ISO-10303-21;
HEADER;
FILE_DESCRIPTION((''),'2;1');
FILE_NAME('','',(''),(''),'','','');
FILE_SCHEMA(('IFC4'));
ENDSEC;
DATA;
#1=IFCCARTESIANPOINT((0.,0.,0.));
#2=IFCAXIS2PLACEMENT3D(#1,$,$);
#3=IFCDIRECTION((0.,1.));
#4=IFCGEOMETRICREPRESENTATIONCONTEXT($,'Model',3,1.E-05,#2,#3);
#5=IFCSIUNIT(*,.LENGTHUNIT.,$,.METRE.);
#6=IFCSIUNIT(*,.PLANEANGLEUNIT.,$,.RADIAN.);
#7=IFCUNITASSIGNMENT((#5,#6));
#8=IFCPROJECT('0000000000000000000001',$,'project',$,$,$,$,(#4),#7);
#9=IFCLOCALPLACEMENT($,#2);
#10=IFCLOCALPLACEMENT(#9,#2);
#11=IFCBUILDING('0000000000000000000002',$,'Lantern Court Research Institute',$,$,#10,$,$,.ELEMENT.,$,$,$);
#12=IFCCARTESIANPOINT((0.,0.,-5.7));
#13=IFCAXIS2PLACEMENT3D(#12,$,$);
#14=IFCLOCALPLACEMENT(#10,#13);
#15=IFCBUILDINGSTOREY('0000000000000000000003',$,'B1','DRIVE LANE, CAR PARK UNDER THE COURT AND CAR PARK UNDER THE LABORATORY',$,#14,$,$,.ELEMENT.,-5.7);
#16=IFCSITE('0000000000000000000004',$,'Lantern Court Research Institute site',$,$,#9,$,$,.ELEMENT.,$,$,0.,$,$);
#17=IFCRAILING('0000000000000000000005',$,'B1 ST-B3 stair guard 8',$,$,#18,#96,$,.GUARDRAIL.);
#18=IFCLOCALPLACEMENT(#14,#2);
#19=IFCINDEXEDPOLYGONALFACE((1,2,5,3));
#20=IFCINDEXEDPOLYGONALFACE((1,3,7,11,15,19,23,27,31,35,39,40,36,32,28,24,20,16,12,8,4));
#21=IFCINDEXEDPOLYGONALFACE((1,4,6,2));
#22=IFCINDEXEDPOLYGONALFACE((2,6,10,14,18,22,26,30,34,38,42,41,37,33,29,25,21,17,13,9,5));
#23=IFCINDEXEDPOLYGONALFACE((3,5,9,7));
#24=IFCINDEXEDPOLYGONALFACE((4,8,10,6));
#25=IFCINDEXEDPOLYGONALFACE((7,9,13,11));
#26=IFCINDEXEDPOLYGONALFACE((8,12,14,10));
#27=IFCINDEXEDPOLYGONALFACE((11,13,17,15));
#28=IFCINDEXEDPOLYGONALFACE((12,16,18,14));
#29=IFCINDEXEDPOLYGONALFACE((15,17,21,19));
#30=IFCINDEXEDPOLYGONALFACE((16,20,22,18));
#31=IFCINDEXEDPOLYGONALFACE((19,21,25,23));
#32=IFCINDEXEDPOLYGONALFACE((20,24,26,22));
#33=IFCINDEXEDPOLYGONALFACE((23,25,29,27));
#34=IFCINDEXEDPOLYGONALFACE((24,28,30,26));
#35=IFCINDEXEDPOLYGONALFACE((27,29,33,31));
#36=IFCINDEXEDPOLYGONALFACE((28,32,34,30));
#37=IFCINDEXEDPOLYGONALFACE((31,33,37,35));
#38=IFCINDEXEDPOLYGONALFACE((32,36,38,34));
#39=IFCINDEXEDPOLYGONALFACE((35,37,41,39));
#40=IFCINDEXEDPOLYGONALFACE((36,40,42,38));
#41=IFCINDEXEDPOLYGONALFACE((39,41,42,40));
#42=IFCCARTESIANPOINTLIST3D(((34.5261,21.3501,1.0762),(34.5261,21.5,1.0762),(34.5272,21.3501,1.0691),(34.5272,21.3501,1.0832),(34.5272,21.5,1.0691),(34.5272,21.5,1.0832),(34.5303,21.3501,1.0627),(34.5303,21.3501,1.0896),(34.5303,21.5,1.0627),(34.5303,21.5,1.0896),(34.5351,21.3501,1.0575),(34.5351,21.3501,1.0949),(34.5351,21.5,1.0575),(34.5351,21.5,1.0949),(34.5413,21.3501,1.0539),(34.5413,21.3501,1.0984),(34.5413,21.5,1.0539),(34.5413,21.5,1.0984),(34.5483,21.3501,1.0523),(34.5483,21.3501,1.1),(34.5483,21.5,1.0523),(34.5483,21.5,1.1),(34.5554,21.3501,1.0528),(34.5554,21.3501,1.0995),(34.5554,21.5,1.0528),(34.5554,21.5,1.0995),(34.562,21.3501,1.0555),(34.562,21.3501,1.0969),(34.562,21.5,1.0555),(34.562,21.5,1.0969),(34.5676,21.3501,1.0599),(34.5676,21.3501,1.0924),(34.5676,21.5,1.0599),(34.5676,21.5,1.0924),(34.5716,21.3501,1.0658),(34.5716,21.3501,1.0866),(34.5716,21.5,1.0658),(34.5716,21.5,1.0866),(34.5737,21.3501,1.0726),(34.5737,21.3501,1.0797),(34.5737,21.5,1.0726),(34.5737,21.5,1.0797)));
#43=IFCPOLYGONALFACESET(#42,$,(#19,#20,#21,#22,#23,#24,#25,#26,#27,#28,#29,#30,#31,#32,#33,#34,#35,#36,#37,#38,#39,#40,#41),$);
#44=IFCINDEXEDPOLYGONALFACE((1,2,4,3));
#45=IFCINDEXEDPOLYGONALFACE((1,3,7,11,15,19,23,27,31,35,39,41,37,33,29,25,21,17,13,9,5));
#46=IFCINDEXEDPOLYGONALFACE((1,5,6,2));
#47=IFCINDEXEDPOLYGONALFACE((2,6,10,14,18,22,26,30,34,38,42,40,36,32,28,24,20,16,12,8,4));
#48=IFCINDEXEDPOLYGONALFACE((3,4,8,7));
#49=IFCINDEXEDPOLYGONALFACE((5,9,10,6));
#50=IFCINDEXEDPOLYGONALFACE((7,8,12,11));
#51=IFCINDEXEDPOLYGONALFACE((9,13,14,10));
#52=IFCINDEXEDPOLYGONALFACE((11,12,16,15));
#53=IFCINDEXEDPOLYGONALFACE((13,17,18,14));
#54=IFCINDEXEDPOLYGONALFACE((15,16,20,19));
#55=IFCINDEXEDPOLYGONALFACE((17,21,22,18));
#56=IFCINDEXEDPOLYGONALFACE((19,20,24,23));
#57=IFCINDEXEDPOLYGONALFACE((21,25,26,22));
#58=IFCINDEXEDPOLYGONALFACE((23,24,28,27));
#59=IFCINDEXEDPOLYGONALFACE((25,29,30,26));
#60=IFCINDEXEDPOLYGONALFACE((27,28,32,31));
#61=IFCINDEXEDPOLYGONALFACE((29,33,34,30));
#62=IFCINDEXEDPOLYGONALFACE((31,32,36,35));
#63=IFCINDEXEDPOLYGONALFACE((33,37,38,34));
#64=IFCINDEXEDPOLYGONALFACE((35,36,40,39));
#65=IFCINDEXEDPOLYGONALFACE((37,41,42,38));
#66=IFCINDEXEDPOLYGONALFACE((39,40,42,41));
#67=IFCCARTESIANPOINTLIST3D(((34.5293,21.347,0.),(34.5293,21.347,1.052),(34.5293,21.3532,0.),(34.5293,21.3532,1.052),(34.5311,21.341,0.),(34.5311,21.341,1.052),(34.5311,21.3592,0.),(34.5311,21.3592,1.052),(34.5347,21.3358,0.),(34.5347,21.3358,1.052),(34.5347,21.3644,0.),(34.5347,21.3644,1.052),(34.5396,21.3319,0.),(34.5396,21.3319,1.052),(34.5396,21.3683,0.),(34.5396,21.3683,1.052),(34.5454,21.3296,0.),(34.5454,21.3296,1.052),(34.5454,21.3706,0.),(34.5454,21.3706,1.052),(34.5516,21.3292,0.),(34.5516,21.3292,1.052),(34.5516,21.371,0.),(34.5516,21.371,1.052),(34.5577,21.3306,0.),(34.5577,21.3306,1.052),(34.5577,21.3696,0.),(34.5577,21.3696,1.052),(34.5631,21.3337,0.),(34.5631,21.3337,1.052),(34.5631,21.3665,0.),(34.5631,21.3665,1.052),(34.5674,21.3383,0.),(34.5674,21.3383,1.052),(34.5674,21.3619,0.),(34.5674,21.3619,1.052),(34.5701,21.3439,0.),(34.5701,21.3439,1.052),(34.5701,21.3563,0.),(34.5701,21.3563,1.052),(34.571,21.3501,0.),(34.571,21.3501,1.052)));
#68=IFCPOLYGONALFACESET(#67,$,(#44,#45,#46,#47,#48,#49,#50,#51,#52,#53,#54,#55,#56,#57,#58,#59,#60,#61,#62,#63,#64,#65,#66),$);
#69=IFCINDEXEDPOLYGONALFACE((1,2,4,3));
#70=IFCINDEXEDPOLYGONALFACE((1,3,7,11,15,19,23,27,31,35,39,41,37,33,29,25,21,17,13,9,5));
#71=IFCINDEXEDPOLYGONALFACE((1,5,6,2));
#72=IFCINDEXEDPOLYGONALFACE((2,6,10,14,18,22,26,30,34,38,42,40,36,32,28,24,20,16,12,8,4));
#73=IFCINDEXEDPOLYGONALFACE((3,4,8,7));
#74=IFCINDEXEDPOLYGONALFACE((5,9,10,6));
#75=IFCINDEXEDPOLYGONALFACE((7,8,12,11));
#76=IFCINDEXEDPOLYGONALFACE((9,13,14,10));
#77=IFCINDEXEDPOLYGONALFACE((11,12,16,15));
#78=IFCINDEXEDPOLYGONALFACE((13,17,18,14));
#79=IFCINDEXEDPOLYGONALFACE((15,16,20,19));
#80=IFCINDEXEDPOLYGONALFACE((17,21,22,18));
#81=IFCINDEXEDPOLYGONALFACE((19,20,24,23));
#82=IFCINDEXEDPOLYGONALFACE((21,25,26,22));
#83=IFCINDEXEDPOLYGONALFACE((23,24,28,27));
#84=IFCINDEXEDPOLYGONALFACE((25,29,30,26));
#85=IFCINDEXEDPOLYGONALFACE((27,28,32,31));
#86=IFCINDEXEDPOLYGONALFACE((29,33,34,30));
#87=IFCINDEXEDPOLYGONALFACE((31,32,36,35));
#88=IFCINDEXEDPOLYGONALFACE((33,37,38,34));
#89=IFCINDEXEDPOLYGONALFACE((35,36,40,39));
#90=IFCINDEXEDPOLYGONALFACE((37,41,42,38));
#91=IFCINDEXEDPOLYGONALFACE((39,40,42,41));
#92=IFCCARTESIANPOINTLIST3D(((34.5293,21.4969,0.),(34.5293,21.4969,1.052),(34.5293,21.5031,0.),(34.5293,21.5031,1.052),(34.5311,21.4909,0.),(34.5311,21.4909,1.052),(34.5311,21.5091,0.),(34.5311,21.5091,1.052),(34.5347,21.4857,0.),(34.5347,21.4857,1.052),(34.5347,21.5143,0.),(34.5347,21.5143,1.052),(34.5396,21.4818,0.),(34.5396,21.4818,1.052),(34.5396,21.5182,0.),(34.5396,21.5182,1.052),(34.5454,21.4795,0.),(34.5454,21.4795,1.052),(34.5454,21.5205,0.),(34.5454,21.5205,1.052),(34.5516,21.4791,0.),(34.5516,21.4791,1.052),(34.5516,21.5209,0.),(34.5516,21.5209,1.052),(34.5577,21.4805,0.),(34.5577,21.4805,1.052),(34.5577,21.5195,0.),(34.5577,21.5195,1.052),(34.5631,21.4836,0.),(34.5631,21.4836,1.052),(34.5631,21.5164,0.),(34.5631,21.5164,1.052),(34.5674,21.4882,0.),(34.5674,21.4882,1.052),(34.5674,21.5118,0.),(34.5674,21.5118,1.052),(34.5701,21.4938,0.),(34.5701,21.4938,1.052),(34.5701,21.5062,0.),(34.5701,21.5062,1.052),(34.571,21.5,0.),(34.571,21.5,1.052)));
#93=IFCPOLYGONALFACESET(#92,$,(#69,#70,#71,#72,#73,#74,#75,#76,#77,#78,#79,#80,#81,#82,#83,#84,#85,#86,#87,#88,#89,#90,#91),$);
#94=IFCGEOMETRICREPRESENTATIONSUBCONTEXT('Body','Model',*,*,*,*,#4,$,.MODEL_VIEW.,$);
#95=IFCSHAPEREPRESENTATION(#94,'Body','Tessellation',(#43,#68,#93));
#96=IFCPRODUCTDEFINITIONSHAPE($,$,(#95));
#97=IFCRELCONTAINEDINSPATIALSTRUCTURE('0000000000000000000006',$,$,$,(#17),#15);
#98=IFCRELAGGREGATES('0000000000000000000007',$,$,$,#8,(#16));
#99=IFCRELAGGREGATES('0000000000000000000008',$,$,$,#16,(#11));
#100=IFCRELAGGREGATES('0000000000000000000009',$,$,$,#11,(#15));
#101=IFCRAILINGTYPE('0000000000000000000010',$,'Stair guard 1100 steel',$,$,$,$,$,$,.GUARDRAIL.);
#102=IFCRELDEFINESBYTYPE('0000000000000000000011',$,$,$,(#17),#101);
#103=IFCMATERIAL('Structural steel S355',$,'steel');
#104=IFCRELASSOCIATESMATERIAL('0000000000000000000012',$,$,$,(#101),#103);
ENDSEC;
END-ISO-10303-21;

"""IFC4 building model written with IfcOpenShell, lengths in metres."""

from ifc_helpers import new_model, si_unit, direction, frame, origin, origin_2d, place, context, subcontext, project, spatial, circle, extrude, material, type_object, element, save


model = new_model("IFC4")

# Units and contexts
model_context = context("Model", 3, precision=1e-05, world=origin(), true_north=direction((0.0, 1.0)))
body_context = subcontext(model_context, "Body", "Model", "MODEL_VIEW")
ifc_project = project(units=[si_unit("LENGTHUNIT", "METRE"), si_unit("PLANEANGLEUNIT", "RADIAN")], contexts=[model_context])

# Site, building, storey
site_placement = place(None, origin())
site = spatial("IfcSite", under=ifc_project, at=site_placement, Name="Lantern Court Research Institute site", CompositionType="ELEMENT", RefElevation=0.0)
building_placement = place(site_placement, origin())
building = spatial("IfcBuilding", under=site, at=building_placement, Name="Lantern Court Research Institute", CompositionType="ELEMENT")
storey_placement = place(building_placement, frame((0.0, 0.0, -5.7)))
storey = spatial("IfcBuildingStorey", under=building, at=storey_placement, Name="B1", Description="DRIVE LANE, CAR PARK UNDER THE COURT AND CAR PARK UNDER THE LABORATORY", CompositionType="ELEMENT", Elevation=-5.7)

# Railing
ifc_material_1 = material(Name="Structural steel S355", Category="steel")
railing_type_1 = type_object("IfcRailingType", Name="Stair guard 1100 steel", PredefinedType="GUARDRAIL", material=ifc_material_1)
railing_1_placement = place(storey_placement, frame((34.55, 21.3501, 0.0)))
element("IfcRailing", 1, at=railing_1_placement, inside=storey, type_object=railing_type_1, Name="B1 ST-B3 stair guard 8", PredefinedType="GUARDRAIL", context=body_context, shape_type="SweptSolid", body=[
    extrude(circle(Radius=0.0239, at=origin_2d()), frame((0.0, 0.0, 1.0762), z_axis=(0.0, 1.0, 0.0), x_axis=(-1.0, 0.0, 0.0)), (0.0, 0.0, 1.0), 0.1499),
    extrude(circle(Radius=0.021, at=origin_2d()), origin(), (0.0, 0.0, 1.0), 1.052),
    extrude(circle(Radius=0.021, at=origin_2d()), frame((0.0, 0.1499, 0.0)), (0.0, 0.0, 1.0), 1.052),
])

save(model, "model.ifc")
